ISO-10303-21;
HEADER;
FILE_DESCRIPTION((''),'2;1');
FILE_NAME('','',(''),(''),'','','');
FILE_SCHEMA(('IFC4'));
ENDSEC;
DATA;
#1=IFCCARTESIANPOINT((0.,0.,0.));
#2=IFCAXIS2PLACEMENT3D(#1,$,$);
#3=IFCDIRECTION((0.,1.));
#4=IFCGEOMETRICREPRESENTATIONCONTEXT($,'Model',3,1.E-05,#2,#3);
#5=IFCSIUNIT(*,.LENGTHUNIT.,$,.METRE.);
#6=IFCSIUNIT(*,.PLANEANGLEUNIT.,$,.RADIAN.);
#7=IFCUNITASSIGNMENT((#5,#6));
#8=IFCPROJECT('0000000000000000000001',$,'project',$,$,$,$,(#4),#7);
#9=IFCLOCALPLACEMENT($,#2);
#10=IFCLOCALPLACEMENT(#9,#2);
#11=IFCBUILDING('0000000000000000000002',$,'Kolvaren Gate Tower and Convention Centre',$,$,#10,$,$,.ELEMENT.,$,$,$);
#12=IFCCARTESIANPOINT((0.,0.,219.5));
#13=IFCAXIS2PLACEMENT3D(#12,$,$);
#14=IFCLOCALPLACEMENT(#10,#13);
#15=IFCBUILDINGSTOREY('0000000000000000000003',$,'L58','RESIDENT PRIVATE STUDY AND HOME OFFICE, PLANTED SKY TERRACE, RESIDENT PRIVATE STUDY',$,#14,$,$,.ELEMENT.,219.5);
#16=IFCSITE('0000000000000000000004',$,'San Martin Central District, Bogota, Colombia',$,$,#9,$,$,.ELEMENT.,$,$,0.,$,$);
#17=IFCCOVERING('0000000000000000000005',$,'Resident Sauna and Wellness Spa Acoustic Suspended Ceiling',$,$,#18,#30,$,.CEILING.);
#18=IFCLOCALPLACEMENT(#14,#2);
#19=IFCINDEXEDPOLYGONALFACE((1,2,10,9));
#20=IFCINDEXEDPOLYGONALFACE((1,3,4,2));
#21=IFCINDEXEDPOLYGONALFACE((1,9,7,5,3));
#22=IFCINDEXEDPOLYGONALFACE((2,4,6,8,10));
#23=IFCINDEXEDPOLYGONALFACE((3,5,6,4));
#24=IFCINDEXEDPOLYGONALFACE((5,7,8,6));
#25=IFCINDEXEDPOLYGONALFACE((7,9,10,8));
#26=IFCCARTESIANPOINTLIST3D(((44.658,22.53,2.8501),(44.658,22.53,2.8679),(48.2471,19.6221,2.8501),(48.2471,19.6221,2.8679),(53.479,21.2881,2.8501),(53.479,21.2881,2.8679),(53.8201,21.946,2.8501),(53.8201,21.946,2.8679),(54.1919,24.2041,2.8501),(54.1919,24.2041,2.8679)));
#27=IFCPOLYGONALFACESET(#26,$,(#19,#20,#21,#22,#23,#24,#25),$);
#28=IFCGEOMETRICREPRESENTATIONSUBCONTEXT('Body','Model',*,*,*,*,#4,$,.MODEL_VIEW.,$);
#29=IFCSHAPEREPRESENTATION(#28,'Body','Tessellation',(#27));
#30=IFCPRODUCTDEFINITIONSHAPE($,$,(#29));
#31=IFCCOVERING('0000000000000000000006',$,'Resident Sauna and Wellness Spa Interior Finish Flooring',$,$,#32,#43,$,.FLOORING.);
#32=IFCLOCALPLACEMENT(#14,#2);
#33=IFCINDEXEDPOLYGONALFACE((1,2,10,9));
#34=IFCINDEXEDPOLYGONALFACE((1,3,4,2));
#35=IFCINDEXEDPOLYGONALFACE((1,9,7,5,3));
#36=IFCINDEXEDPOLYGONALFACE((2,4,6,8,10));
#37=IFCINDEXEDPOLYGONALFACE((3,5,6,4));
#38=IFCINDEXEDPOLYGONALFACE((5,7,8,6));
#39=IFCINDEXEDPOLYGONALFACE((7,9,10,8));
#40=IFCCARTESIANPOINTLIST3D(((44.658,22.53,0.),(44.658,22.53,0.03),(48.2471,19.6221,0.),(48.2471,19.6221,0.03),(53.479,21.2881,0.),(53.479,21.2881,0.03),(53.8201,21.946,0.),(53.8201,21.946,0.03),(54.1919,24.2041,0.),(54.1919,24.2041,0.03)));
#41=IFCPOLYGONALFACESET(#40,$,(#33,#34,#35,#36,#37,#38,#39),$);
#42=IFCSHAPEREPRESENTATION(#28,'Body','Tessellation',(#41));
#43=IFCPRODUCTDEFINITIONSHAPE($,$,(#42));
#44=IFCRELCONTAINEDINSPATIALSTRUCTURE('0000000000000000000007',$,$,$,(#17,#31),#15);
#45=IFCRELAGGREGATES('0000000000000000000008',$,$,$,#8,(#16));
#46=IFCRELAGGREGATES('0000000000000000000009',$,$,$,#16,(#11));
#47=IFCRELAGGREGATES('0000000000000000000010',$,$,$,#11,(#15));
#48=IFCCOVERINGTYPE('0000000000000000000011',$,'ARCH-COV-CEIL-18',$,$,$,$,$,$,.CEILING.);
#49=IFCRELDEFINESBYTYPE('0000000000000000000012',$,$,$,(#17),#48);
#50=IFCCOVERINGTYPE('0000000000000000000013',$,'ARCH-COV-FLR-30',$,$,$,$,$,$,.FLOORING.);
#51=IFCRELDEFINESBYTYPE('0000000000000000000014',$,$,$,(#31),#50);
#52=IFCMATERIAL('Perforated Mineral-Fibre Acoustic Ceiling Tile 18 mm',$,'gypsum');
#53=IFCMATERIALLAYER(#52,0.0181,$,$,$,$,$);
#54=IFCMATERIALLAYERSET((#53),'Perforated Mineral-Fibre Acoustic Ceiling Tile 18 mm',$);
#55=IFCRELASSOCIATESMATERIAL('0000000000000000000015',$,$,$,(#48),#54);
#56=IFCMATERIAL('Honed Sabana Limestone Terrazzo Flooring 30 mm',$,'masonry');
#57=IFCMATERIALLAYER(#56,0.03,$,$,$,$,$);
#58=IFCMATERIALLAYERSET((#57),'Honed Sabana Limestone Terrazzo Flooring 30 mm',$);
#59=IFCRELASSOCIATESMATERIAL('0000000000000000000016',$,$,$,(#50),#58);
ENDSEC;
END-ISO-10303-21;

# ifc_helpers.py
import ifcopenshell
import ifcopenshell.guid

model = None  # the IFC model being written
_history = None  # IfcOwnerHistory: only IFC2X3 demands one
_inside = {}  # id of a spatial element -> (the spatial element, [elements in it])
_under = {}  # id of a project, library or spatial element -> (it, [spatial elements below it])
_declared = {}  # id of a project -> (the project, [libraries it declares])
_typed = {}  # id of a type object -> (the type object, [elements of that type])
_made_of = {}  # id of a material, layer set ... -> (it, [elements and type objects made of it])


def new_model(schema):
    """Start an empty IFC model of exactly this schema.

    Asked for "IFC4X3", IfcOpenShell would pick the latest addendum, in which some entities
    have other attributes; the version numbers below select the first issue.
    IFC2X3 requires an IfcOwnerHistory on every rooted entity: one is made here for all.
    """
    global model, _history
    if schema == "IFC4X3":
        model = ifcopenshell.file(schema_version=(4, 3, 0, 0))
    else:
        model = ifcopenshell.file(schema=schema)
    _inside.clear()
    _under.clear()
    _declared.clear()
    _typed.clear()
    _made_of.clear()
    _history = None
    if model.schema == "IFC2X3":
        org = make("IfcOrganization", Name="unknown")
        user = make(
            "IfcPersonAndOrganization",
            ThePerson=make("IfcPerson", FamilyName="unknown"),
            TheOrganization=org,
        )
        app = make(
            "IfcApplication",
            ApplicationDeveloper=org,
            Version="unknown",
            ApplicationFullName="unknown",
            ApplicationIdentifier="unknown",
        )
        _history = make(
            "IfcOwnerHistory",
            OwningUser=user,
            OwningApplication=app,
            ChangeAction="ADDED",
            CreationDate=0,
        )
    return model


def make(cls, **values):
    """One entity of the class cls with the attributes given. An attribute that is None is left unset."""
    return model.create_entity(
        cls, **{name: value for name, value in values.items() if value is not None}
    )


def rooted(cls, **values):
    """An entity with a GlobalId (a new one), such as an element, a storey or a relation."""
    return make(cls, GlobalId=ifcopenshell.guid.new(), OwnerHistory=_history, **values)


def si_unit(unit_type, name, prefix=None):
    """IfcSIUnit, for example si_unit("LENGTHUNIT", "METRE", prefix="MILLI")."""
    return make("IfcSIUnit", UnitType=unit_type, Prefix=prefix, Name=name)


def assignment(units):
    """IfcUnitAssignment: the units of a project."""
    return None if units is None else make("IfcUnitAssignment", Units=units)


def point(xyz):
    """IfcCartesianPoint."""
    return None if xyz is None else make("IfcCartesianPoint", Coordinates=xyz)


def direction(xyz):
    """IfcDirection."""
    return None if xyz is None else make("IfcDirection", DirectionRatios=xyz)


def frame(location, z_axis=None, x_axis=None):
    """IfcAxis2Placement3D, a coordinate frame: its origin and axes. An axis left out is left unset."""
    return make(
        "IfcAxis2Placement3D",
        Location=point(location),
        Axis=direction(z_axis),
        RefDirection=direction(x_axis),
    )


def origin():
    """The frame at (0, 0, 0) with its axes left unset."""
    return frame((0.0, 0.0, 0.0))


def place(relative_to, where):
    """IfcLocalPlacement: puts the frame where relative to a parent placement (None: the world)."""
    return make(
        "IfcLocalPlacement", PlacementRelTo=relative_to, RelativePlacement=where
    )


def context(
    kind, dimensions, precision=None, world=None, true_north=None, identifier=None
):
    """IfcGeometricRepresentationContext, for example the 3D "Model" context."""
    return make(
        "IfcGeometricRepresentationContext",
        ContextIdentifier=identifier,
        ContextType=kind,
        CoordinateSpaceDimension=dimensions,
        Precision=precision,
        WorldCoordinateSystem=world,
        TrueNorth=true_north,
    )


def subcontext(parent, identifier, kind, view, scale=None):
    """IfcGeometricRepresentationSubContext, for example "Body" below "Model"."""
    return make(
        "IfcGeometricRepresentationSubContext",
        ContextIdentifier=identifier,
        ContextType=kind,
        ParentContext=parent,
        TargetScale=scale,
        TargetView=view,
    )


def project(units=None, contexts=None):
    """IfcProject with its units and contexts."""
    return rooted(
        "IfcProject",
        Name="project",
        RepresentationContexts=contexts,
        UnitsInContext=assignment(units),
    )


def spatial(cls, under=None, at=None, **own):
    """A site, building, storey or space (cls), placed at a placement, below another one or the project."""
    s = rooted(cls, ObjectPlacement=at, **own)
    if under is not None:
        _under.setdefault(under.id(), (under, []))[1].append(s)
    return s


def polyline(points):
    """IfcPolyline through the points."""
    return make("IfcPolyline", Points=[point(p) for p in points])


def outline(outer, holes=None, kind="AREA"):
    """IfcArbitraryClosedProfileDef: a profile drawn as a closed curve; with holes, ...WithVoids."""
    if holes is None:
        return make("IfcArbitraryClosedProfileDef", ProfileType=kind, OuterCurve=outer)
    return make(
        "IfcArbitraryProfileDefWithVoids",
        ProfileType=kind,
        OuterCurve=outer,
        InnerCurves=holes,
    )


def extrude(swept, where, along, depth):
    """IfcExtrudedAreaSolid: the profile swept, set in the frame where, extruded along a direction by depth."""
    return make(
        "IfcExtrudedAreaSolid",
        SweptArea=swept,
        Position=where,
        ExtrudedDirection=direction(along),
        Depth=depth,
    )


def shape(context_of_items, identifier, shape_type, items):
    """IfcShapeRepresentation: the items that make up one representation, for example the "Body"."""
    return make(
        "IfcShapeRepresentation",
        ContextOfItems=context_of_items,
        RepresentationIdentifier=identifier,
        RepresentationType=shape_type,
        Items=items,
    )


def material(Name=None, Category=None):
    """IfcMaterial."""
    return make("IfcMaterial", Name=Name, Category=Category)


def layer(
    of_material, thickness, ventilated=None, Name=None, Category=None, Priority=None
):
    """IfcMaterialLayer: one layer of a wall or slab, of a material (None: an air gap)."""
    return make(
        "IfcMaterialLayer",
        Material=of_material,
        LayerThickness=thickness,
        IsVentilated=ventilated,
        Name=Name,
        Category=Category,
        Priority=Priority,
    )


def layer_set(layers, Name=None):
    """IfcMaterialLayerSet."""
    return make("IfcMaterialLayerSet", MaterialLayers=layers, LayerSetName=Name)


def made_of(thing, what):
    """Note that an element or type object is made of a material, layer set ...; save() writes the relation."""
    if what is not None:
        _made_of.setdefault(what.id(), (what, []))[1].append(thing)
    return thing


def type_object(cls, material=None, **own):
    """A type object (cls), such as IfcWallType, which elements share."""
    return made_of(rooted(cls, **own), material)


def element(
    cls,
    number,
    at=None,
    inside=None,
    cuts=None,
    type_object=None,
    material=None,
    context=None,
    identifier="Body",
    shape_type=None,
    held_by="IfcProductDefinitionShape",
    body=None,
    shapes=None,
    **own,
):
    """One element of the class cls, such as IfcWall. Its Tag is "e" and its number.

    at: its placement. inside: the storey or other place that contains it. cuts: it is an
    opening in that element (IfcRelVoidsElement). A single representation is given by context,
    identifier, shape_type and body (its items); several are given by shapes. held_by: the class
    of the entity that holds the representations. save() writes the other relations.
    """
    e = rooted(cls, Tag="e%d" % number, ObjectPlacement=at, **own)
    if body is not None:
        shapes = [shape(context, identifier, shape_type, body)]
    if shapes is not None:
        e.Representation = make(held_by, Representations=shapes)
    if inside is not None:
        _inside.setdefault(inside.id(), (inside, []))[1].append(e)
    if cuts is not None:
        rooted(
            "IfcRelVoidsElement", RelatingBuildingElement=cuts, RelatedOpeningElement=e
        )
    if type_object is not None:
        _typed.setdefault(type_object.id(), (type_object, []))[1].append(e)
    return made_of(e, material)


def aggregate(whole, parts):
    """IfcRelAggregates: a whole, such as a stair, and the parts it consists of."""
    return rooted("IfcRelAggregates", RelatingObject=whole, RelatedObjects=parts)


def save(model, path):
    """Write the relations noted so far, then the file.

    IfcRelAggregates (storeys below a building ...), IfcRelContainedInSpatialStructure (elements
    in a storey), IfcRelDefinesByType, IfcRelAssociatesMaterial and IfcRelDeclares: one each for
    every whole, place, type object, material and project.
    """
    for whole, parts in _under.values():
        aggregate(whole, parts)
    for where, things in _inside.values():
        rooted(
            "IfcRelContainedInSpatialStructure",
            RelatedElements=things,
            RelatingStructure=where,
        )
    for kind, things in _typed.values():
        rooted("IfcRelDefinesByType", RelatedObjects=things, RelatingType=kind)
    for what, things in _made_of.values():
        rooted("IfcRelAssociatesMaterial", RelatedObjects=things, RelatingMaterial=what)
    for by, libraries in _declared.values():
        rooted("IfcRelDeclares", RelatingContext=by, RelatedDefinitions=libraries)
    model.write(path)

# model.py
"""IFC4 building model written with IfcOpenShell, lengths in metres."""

from ifc_helpers import new_model, si_unit, direction, frame, origin, place, context, subcontext, project, spatial, polyline, outline, extrude, material, layer, layer_set, type_object, element, save


model = new_model("IFC4")

# Units and contexts
model_context = context("Model", 3, precision=1e-05, world=origin(), true_north=direction((0.0, 1.0)))
body_context = subcontext(model_context, "Body", "Model", "MODEL_VIEW")
ifc_project = project(units=[si_unit("LENGTHUNIT", "METRE"), si_unit("PLANEANGLEUNIT", "RADIAN")], contexts=[model_context])

# Site, building, storey
site_placement = place(None, origin())
site = spatial("IfcSite", under=ifc_project, at=site_placement, Name="San Martin Central District, Bogota, Colombia", CompositionType="ELEMENT", RefElevation=0.0)
building_placement = place(site_placement, origin())
building = spatial("IfcBuilding", under=site, at=building_placement, Name="Kolvaren Gate Tower and Convention Centre", CompositionType="ELEMENT")
storey_placement = place(building_placement, frame((0.0, 0.0, 219.5)))
storey = spatial("IfcBuildingStorey", under=building, at=storey_placement, Name="L58", Description="RESIDENT PRIVATE STUDY AND HOME OFFICE, PLANTED SKY TERRACE, RESIDENT PRIVATE STUDY", CompositionType="ELEMENT", Elevation=219.5)

# Coverings
ifc_material_1 = material(Name="Perforated Mineral-Fibre Acoustic Ceiling Tile 18 mm", Category="gypsum")
ifc_layer_1 = layer(ifc_material_1, 0.0181)
ifc_layer_set_1 = layer_set([ifc_layer_1], Name="Perforated Mineral-Fibre Acoustic Ceiling Tile 18 mm")
covering_type_1 = type_object("IfcCoveringType", Name="ARCH-COV-CEIL-18", PredefinedType="CEILING", material=ifc_layer_set_1)
covering_1_placement = place(storey_placement, frame((0.0, 0.0, 2.8501)))
element("IfcCovering", 1, at=covering_1_placement, inside=storey, type_object=covering_type_1, Name="Resident Sauna and Wellness Spa Acoustic Suspended Ceiling", PredefinedType="CEILING", context=body_context, shape_type="SweptSolid", body=[
    extrude(outline(polyline([(48.2471, 19.6221), (44.658, 22.53), (54.1919, 24.2041), (53.8201, 21.946), (53.479, 21.2881), (48.2471, 19.6221)])), origin(), (0.0, 0.0, 1.0), 0.0178),
])
ifc_material_2 = material(Name="Honed Sabana Limestone Terrazzo Flooring 30 mm", Category="masonry")
ifc_layer_2 = layer(ifc_material_2, 0.03)
ifc_layer_set_2 = layer_set([ifc_layer_2], Name="Honed Sabana Limestone Terrazzo Flooring 30 mm")
covering_type_2 = type_object("IfcCoveringType", Name="ARCH-COV-FLR-30", PredefinedType="FLOORING", material=ifc_layer_set_2)
covering_2_placement = place(storey_placement, origin())
element("IfcCovering", 2, at=covering_2_placement, inside=storey, type_object=covering_type_2, Name="Resident Sauna and Wellness Spa Interior Finish Flooring", PredefinedType="FLOORING", context=body_context, shape_type="SweptSolid", body=[
    extrude(outline(polyline([(48.2471, 19.6221), (44.658, 22.53), (54.1919, 24.2041), (53.8201, 21.946), (53.479, 21.2881), (48.2471, 19.6221)])), origin(), (0.0, 0.0, 1.0), 0.03),
])

save(model, "model.ifc")
